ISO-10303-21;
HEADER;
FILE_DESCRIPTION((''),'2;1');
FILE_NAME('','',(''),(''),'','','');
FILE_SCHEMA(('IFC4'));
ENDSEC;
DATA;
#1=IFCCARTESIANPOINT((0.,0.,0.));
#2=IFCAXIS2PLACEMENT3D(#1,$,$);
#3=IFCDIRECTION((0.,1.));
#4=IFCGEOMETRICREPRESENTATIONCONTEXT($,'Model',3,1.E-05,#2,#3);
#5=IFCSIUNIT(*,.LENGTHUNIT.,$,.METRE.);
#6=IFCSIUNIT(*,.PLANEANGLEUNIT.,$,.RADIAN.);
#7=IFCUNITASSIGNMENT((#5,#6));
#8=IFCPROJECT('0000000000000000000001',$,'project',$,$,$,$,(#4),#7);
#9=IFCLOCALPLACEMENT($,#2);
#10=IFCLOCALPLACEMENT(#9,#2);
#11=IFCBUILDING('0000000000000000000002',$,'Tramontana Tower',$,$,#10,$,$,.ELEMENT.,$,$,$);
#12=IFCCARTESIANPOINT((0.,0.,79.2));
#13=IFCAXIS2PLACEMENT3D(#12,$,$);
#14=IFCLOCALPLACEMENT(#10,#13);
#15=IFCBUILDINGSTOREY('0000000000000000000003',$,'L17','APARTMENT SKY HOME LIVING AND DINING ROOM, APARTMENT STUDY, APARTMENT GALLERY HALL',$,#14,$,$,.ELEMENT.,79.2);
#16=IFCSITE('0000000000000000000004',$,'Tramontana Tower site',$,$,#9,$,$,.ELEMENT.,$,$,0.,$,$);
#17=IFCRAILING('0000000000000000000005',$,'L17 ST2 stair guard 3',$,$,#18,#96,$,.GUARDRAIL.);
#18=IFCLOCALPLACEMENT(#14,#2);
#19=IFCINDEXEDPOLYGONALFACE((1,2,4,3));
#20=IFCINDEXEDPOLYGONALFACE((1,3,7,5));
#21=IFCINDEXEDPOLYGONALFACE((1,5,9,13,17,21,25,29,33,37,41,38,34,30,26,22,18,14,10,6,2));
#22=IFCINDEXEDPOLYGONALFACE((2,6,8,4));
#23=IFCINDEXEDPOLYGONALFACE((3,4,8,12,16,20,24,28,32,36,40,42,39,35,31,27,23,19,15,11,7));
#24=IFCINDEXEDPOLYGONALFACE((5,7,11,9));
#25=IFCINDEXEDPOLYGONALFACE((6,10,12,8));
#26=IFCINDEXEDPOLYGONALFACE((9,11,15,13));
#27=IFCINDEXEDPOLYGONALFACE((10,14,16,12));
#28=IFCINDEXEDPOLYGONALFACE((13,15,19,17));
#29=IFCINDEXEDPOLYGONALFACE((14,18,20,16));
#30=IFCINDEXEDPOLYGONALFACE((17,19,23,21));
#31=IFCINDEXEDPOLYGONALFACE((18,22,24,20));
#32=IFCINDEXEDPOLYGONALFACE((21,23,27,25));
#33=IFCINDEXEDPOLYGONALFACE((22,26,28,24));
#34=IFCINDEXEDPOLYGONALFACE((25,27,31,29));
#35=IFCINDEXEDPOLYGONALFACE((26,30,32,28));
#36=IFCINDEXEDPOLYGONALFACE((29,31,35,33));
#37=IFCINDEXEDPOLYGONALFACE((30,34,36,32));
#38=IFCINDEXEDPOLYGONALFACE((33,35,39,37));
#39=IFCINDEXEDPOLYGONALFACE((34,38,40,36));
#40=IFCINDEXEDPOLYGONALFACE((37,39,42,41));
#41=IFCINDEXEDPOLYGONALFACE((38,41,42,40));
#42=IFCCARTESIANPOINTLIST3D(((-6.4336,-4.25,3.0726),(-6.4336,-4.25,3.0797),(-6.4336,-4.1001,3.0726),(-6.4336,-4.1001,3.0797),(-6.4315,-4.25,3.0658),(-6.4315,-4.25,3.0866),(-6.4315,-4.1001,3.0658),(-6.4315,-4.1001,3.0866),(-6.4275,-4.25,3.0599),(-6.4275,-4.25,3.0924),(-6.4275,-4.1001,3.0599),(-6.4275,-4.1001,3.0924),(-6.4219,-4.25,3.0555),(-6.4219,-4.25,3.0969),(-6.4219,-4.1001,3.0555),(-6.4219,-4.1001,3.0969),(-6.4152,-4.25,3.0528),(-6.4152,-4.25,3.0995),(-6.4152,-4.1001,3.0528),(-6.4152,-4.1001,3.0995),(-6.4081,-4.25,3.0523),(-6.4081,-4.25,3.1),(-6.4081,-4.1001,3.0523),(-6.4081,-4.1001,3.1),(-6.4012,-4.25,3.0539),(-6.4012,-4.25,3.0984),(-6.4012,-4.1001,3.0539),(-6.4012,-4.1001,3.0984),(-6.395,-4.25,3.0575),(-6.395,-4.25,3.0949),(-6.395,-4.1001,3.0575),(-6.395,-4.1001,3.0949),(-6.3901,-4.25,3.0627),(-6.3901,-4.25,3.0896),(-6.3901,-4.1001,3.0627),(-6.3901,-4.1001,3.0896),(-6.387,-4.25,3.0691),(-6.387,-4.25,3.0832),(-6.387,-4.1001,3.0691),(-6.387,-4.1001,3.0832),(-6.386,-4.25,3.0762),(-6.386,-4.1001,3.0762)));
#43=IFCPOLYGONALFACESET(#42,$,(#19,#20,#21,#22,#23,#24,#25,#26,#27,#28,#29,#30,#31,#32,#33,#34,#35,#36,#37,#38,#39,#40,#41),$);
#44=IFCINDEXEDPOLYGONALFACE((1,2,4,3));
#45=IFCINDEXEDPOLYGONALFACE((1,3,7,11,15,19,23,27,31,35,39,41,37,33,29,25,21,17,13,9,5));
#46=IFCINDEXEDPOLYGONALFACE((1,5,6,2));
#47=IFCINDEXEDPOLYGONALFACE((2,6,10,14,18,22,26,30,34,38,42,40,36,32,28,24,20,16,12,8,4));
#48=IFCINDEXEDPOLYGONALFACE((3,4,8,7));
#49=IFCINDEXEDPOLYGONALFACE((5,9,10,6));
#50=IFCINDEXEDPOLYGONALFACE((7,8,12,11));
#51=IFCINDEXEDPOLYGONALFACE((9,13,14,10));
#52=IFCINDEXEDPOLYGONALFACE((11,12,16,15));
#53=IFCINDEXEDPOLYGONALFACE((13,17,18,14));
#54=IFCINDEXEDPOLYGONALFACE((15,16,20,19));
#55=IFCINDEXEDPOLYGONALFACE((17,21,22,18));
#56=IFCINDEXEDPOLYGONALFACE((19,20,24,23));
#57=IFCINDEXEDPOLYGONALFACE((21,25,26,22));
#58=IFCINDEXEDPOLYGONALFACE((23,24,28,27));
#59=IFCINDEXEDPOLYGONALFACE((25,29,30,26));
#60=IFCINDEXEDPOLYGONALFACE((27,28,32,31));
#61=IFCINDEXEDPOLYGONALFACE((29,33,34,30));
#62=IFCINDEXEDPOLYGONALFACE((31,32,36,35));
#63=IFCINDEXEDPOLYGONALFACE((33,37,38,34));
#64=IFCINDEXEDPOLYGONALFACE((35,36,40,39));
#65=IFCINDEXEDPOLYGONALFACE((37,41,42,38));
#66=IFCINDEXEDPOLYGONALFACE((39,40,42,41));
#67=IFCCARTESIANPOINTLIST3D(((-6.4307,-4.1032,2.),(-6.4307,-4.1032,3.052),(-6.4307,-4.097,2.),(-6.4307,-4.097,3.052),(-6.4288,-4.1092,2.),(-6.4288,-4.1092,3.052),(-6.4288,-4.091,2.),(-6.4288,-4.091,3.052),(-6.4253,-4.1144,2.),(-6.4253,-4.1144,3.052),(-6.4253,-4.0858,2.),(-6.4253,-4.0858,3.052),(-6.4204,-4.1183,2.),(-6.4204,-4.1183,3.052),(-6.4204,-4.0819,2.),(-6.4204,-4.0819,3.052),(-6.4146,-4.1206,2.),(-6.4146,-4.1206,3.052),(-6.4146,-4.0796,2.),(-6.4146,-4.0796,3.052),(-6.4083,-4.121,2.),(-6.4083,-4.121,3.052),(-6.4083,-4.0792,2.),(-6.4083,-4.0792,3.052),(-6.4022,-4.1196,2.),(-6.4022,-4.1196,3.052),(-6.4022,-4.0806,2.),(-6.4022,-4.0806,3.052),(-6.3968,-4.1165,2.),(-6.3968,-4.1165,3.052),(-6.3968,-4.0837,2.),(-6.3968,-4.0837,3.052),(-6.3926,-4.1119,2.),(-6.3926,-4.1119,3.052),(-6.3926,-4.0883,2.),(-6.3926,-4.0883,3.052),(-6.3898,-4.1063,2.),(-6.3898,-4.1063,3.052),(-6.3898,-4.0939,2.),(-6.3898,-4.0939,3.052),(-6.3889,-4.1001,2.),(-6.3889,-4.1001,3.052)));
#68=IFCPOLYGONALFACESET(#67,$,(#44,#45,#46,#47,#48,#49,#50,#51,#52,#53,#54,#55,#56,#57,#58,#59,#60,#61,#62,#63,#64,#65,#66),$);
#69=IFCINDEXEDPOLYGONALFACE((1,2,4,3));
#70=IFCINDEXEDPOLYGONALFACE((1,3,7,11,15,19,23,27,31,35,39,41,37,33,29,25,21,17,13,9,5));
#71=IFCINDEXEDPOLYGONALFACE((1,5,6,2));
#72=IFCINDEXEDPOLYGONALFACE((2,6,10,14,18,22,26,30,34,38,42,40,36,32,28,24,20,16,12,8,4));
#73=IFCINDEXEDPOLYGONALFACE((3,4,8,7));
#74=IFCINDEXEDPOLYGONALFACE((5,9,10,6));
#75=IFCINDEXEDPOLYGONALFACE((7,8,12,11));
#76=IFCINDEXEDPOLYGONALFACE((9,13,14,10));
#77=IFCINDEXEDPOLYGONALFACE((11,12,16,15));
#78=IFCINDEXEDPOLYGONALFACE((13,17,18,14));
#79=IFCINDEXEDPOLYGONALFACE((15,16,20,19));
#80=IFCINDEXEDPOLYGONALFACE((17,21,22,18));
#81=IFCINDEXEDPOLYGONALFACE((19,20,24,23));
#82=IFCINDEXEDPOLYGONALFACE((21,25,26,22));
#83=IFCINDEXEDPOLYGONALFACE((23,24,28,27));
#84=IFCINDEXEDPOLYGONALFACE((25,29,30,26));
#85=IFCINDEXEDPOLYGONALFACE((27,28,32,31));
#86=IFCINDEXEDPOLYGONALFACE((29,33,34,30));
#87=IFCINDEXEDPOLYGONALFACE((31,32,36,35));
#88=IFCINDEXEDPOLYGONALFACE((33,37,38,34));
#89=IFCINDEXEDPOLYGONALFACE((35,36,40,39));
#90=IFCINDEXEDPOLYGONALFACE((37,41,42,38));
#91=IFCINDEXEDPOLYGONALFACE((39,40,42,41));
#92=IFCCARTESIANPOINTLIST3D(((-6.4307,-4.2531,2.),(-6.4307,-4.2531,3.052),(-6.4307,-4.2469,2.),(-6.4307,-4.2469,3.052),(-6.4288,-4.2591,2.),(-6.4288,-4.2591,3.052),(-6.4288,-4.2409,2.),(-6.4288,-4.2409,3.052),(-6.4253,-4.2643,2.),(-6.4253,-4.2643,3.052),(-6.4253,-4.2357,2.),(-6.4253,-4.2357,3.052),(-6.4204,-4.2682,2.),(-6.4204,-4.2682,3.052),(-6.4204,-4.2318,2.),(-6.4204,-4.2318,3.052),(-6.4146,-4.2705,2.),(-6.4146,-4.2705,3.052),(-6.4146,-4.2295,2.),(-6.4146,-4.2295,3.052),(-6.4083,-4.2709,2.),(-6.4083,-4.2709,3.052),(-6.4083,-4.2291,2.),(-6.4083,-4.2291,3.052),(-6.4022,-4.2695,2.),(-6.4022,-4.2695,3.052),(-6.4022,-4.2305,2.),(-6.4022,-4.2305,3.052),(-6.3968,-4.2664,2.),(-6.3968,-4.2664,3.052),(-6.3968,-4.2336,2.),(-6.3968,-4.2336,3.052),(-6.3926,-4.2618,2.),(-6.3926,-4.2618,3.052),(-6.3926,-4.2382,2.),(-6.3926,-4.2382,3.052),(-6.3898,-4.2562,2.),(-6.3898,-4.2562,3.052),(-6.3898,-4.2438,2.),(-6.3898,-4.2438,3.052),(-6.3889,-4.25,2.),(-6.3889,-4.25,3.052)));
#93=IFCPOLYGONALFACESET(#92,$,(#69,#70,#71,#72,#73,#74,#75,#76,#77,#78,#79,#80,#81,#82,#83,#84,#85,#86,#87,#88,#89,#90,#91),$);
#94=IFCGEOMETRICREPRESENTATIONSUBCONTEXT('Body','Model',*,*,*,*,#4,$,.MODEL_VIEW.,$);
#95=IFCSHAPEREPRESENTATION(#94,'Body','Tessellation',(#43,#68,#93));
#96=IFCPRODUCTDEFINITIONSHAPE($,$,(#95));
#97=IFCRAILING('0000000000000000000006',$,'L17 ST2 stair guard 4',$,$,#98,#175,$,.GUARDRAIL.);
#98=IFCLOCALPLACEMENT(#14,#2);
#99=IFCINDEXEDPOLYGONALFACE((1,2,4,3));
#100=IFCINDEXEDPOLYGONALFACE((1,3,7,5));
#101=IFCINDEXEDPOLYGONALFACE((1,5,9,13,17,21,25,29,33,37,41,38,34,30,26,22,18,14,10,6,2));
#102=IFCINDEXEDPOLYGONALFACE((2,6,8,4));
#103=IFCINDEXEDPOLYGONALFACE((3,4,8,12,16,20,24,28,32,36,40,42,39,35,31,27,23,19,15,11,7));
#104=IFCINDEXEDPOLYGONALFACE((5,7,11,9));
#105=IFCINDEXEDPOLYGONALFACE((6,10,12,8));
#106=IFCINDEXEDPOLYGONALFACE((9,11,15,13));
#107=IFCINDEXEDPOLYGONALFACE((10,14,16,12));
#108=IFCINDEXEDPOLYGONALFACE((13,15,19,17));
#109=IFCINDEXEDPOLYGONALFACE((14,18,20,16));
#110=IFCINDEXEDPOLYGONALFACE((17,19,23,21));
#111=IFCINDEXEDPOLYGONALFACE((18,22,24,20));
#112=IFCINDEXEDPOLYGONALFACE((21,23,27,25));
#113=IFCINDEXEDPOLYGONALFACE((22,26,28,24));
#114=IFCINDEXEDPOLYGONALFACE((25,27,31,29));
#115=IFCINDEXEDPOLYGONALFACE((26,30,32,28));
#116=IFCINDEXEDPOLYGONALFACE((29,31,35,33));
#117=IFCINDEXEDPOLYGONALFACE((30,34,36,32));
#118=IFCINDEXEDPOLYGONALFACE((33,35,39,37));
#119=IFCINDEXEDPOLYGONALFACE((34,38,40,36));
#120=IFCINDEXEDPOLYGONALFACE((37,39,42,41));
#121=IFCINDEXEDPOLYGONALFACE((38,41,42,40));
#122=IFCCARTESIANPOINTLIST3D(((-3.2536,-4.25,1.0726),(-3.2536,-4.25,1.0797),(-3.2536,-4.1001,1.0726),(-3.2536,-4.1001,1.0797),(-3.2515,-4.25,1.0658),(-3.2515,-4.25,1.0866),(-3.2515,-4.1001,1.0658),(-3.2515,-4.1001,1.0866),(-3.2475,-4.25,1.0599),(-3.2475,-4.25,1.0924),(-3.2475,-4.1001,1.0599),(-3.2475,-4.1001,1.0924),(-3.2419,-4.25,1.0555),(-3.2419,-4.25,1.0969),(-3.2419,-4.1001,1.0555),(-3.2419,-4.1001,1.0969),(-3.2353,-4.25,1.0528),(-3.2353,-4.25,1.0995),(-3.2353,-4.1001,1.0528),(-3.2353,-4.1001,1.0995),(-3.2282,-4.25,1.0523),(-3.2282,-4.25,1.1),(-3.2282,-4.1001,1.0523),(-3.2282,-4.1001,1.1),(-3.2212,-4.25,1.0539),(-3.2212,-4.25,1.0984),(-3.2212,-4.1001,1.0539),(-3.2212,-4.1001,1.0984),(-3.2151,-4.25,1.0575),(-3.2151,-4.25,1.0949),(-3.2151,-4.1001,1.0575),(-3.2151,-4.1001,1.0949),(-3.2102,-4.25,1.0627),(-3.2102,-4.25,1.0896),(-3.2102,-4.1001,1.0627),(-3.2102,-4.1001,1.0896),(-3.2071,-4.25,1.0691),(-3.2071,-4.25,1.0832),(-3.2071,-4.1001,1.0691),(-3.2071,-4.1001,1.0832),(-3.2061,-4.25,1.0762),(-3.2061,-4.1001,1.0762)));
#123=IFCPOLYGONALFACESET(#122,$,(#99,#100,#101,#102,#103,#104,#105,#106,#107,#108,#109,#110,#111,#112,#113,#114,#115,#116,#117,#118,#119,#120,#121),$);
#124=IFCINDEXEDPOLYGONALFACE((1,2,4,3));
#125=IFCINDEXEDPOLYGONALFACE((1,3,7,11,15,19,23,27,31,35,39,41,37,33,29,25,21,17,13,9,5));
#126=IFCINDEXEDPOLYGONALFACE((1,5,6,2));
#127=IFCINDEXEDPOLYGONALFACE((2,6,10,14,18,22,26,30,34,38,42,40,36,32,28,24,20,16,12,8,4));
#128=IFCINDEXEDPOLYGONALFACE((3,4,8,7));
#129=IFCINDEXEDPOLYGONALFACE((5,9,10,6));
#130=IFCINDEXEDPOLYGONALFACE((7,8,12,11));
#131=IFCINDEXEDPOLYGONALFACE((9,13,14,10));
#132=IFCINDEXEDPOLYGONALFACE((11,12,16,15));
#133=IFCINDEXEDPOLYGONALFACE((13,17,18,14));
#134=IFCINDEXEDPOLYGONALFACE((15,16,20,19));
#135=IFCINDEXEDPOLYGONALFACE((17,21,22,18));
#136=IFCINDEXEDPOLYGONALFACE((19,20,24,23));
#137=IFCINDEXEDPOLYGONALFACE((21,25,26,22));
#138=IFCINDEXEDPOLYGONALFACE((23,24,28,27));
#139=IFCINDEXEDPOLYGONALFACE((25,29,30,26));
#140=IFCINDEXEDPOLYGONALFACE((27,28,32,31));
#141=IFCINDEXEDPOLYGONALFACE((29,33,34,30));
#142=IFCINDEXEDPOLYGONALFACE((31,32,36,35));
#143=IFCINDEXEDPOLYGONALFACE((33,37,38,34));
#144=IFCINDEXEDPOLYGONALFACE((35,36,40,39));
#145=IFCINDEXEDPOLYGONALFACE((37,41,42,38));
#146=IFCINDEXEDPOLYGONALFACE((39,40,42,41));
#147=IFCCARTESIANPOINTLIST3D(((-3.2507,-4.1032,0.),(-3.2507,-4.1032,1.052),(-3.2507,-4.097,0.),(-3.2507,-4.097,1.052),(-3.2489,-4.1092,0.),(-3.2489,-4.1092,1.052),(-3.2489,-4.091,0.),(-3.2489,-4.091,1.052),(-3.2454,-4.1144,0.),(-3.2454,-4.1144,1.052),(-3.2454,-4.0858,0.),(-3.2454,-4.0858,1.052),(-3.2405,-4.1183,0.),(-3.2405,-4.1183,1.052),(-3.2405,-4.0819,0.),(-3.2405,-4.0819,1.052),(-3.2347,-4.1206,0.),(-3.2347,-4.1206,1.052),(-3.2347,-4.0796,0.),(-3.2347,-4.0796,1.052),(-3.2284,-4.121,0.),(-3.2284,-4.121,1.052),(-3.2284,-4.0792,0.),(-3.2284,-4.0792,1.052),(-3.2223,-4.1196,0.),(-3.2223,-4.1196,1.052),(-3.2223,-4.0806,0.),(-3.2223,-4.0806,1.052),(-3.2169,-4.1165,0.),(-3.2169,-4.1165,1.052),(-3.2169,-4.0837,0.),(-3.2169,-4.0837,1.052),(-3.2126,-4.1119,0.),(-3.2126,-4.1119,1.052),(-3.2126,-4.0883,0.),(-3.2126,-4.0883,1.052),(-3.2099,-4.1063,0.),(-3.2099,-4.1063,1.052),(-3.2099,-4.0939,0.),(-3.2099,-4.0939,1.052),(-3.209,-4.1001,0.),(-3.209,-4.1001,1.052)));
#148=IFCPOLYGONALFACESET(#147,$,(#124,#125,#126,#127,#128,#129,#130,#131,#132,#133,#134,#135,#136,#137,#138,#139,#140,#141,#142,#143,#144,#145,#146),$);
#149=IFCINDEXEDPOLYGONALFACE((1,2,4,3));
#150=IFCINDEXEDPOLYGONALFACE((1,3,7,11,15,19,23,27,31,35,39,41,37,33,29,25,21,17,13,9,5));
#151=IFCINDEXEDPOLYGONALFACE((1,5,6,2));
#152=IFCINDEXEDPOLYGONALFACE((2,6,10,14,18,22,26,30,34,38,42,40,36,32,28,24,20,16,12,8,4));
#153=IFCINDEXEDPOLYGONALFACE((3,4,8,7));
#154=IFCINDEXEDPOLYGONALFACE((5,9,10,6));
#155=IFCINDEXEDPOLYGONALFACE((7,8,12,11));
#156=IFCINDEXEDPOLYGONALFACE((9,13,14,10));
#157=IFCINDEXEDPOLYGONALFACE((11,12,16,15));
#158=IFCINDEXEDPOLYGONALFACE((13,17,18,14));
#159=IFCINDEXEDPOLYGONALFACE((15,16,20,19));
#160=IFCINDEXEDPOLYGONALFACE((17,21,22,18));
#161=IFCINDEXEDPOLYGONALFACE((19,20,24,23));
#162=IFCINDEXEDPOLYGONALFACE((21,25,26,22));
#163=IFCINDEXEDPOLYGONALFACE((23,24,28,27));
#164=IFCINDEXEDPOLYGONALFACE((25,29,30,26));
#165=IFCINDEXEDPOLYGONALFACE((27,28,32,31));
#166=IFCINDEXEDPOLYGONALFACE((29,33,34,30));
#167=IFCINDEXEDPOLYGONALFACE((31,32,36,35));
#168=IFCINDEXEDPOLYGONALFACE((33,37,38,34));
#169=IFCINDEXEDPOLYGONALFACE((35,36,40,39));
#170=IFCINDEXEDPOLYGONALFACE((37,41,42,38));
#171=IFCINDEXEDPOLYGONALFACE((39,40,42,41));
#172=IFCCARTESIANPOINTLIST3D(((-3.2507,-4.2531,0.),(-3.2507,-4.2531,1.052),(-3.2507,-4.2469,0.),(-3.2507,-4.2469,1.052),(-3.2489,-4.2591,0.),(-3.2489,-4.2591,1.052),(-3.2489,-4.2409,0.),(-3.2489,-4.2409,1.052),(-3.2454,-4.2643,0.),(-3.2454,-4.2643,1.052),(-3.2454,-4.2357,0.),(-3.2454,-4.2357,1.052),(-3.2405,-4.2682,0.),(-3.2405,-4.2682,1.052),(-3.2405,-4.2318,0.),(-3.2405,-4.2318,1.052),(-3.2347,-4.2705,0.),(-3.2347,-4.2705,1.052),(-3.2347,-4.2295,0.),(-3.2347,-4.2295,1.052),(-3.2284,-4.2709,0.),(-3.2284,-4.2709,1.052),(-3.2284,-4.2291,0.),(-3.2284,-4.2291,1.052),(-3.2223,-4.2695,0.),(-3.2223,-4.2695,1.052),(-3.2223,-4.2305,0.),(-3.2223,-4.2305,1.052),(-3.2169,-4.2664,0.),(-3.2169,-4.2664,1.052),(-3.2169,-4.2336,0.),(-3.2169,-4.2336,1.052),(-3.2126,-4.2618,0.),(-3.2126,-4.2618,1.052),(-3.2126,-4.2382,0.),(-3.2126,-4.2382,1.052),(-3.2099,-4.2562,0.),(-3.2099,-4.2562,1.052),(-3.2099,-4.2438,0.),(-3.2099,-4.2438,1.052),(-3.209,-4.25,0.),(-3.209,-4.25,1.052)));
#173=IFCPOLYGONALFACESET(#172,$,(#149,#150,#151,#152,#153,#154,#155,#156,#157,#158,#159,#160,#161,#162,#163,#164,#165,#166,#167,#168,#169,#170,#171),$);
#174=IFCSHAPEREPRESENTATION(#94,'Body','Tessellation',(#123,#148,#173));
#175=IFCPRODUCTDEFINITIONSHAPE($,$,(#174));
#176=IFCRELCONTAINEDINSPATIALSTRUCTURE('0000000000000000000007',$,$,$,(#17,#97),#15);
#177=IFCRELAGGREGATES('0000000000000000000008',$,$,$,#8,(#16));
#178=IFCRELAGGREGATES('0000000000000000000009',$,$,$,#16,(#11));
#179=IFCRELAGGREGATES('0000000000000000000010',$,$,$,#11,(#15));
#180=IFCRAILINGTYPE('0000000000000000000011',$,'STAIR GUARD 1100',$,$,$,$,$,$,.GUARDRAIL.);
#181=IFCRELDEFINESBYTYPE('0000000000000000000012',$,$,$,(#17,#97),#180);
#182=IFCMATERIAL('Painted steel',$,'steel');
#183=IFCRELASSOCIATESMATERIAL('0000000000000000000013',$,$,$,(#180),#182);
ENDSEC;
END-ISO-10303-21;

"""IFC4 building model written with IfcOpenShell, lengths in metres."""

from ifc_helpers import new_model, si_unit, direction, frame, origin, origin_2d, place, context, subcontext, project, spatial, circle, extrude, material, type_object, element, save


model = new_model("IFC4")

# Units and contexts
model_context = context("Model", 3, precision=1e-05, world=origin(), true_north=direction((0.0, 1.0)))
body_context = subcontext(model_context, "Body", "Model", "MODEL_VIEW")
ifc_project = project(units=[si_unit("LENGTHUNIT", "METRE"), si_unit("PLANEANGLEUNIT", "RADIAN")], contexts=[model_context])

# Site, building, storey
site_placement = place(None, origin())
site = spatial("IfcSite", under=ifc_project, at=site_placement, Name="Tramontana Tower site", CompositionType="ELEMENT", RefElevation=0.0)
building_placement = place(site_placement, origin())
building = spatial("IfcBuilding", under=site, at=building_placement, Name="Tramontana Tower", CompositionType="ELEMENT")
storey_placement = place(building_placement, frame((0.0, 0.0, 79.2)))
storey = spatial("IfcBuildingStorey", under=building, at=storey_placement, Name="L17", Description="APARTMENT SKY HOME LIVING AND DINING ROOM, APARTMENT STUDY, APARTMENT GALLERY HALL", CompositionType="ELEMENT", Elevation=79.2)

# Railings
ifc_material_1 = material(Name="Painted steel", Category="steel")
railing_type_1 = type_object("IfcRailingType", Name="STAIR GUARD 1100", PredefinedType="GUARDRAIL", material=ifc_material_1)
for number, where, name in (
    (1, (-6.4099, -4.1001, 2.0), "L17 ST2 stair guard 3"),
    (2, (-3.23, -4.1001, 0.0), "L17 ST2 stair guard 4"),
):
    element("IfcRailing", number, at=place(storey_placement, frame(where)), inside=storey, type_object=railing_type_1, Name=name, PredefinedType="GUARDRAIL", context=body_context, shape_type="SweptSolid", body=[
        extrude(circle(Radius=0.0239, at=origin_2d()), frame((0.0, 0.0, 1.0762), z_axis=(0.0, -1.0, 0.0), x_axis=(1.0, 0.0, 0.0)), (0.0, 0.0, 1.0), 0.1499),
        extrude(circle(Radius=0.021, at=origin_2d()), origin(), (0.0, 0.0, 1.0), 1.052),
        extrude(circle(Radius=0.021, at=origin_2d()), frame((0.0, -0.1499, 0.0)), (0.0, 0.0, 1.0), 1.052),
    ])

save(model, "model.ifc")
